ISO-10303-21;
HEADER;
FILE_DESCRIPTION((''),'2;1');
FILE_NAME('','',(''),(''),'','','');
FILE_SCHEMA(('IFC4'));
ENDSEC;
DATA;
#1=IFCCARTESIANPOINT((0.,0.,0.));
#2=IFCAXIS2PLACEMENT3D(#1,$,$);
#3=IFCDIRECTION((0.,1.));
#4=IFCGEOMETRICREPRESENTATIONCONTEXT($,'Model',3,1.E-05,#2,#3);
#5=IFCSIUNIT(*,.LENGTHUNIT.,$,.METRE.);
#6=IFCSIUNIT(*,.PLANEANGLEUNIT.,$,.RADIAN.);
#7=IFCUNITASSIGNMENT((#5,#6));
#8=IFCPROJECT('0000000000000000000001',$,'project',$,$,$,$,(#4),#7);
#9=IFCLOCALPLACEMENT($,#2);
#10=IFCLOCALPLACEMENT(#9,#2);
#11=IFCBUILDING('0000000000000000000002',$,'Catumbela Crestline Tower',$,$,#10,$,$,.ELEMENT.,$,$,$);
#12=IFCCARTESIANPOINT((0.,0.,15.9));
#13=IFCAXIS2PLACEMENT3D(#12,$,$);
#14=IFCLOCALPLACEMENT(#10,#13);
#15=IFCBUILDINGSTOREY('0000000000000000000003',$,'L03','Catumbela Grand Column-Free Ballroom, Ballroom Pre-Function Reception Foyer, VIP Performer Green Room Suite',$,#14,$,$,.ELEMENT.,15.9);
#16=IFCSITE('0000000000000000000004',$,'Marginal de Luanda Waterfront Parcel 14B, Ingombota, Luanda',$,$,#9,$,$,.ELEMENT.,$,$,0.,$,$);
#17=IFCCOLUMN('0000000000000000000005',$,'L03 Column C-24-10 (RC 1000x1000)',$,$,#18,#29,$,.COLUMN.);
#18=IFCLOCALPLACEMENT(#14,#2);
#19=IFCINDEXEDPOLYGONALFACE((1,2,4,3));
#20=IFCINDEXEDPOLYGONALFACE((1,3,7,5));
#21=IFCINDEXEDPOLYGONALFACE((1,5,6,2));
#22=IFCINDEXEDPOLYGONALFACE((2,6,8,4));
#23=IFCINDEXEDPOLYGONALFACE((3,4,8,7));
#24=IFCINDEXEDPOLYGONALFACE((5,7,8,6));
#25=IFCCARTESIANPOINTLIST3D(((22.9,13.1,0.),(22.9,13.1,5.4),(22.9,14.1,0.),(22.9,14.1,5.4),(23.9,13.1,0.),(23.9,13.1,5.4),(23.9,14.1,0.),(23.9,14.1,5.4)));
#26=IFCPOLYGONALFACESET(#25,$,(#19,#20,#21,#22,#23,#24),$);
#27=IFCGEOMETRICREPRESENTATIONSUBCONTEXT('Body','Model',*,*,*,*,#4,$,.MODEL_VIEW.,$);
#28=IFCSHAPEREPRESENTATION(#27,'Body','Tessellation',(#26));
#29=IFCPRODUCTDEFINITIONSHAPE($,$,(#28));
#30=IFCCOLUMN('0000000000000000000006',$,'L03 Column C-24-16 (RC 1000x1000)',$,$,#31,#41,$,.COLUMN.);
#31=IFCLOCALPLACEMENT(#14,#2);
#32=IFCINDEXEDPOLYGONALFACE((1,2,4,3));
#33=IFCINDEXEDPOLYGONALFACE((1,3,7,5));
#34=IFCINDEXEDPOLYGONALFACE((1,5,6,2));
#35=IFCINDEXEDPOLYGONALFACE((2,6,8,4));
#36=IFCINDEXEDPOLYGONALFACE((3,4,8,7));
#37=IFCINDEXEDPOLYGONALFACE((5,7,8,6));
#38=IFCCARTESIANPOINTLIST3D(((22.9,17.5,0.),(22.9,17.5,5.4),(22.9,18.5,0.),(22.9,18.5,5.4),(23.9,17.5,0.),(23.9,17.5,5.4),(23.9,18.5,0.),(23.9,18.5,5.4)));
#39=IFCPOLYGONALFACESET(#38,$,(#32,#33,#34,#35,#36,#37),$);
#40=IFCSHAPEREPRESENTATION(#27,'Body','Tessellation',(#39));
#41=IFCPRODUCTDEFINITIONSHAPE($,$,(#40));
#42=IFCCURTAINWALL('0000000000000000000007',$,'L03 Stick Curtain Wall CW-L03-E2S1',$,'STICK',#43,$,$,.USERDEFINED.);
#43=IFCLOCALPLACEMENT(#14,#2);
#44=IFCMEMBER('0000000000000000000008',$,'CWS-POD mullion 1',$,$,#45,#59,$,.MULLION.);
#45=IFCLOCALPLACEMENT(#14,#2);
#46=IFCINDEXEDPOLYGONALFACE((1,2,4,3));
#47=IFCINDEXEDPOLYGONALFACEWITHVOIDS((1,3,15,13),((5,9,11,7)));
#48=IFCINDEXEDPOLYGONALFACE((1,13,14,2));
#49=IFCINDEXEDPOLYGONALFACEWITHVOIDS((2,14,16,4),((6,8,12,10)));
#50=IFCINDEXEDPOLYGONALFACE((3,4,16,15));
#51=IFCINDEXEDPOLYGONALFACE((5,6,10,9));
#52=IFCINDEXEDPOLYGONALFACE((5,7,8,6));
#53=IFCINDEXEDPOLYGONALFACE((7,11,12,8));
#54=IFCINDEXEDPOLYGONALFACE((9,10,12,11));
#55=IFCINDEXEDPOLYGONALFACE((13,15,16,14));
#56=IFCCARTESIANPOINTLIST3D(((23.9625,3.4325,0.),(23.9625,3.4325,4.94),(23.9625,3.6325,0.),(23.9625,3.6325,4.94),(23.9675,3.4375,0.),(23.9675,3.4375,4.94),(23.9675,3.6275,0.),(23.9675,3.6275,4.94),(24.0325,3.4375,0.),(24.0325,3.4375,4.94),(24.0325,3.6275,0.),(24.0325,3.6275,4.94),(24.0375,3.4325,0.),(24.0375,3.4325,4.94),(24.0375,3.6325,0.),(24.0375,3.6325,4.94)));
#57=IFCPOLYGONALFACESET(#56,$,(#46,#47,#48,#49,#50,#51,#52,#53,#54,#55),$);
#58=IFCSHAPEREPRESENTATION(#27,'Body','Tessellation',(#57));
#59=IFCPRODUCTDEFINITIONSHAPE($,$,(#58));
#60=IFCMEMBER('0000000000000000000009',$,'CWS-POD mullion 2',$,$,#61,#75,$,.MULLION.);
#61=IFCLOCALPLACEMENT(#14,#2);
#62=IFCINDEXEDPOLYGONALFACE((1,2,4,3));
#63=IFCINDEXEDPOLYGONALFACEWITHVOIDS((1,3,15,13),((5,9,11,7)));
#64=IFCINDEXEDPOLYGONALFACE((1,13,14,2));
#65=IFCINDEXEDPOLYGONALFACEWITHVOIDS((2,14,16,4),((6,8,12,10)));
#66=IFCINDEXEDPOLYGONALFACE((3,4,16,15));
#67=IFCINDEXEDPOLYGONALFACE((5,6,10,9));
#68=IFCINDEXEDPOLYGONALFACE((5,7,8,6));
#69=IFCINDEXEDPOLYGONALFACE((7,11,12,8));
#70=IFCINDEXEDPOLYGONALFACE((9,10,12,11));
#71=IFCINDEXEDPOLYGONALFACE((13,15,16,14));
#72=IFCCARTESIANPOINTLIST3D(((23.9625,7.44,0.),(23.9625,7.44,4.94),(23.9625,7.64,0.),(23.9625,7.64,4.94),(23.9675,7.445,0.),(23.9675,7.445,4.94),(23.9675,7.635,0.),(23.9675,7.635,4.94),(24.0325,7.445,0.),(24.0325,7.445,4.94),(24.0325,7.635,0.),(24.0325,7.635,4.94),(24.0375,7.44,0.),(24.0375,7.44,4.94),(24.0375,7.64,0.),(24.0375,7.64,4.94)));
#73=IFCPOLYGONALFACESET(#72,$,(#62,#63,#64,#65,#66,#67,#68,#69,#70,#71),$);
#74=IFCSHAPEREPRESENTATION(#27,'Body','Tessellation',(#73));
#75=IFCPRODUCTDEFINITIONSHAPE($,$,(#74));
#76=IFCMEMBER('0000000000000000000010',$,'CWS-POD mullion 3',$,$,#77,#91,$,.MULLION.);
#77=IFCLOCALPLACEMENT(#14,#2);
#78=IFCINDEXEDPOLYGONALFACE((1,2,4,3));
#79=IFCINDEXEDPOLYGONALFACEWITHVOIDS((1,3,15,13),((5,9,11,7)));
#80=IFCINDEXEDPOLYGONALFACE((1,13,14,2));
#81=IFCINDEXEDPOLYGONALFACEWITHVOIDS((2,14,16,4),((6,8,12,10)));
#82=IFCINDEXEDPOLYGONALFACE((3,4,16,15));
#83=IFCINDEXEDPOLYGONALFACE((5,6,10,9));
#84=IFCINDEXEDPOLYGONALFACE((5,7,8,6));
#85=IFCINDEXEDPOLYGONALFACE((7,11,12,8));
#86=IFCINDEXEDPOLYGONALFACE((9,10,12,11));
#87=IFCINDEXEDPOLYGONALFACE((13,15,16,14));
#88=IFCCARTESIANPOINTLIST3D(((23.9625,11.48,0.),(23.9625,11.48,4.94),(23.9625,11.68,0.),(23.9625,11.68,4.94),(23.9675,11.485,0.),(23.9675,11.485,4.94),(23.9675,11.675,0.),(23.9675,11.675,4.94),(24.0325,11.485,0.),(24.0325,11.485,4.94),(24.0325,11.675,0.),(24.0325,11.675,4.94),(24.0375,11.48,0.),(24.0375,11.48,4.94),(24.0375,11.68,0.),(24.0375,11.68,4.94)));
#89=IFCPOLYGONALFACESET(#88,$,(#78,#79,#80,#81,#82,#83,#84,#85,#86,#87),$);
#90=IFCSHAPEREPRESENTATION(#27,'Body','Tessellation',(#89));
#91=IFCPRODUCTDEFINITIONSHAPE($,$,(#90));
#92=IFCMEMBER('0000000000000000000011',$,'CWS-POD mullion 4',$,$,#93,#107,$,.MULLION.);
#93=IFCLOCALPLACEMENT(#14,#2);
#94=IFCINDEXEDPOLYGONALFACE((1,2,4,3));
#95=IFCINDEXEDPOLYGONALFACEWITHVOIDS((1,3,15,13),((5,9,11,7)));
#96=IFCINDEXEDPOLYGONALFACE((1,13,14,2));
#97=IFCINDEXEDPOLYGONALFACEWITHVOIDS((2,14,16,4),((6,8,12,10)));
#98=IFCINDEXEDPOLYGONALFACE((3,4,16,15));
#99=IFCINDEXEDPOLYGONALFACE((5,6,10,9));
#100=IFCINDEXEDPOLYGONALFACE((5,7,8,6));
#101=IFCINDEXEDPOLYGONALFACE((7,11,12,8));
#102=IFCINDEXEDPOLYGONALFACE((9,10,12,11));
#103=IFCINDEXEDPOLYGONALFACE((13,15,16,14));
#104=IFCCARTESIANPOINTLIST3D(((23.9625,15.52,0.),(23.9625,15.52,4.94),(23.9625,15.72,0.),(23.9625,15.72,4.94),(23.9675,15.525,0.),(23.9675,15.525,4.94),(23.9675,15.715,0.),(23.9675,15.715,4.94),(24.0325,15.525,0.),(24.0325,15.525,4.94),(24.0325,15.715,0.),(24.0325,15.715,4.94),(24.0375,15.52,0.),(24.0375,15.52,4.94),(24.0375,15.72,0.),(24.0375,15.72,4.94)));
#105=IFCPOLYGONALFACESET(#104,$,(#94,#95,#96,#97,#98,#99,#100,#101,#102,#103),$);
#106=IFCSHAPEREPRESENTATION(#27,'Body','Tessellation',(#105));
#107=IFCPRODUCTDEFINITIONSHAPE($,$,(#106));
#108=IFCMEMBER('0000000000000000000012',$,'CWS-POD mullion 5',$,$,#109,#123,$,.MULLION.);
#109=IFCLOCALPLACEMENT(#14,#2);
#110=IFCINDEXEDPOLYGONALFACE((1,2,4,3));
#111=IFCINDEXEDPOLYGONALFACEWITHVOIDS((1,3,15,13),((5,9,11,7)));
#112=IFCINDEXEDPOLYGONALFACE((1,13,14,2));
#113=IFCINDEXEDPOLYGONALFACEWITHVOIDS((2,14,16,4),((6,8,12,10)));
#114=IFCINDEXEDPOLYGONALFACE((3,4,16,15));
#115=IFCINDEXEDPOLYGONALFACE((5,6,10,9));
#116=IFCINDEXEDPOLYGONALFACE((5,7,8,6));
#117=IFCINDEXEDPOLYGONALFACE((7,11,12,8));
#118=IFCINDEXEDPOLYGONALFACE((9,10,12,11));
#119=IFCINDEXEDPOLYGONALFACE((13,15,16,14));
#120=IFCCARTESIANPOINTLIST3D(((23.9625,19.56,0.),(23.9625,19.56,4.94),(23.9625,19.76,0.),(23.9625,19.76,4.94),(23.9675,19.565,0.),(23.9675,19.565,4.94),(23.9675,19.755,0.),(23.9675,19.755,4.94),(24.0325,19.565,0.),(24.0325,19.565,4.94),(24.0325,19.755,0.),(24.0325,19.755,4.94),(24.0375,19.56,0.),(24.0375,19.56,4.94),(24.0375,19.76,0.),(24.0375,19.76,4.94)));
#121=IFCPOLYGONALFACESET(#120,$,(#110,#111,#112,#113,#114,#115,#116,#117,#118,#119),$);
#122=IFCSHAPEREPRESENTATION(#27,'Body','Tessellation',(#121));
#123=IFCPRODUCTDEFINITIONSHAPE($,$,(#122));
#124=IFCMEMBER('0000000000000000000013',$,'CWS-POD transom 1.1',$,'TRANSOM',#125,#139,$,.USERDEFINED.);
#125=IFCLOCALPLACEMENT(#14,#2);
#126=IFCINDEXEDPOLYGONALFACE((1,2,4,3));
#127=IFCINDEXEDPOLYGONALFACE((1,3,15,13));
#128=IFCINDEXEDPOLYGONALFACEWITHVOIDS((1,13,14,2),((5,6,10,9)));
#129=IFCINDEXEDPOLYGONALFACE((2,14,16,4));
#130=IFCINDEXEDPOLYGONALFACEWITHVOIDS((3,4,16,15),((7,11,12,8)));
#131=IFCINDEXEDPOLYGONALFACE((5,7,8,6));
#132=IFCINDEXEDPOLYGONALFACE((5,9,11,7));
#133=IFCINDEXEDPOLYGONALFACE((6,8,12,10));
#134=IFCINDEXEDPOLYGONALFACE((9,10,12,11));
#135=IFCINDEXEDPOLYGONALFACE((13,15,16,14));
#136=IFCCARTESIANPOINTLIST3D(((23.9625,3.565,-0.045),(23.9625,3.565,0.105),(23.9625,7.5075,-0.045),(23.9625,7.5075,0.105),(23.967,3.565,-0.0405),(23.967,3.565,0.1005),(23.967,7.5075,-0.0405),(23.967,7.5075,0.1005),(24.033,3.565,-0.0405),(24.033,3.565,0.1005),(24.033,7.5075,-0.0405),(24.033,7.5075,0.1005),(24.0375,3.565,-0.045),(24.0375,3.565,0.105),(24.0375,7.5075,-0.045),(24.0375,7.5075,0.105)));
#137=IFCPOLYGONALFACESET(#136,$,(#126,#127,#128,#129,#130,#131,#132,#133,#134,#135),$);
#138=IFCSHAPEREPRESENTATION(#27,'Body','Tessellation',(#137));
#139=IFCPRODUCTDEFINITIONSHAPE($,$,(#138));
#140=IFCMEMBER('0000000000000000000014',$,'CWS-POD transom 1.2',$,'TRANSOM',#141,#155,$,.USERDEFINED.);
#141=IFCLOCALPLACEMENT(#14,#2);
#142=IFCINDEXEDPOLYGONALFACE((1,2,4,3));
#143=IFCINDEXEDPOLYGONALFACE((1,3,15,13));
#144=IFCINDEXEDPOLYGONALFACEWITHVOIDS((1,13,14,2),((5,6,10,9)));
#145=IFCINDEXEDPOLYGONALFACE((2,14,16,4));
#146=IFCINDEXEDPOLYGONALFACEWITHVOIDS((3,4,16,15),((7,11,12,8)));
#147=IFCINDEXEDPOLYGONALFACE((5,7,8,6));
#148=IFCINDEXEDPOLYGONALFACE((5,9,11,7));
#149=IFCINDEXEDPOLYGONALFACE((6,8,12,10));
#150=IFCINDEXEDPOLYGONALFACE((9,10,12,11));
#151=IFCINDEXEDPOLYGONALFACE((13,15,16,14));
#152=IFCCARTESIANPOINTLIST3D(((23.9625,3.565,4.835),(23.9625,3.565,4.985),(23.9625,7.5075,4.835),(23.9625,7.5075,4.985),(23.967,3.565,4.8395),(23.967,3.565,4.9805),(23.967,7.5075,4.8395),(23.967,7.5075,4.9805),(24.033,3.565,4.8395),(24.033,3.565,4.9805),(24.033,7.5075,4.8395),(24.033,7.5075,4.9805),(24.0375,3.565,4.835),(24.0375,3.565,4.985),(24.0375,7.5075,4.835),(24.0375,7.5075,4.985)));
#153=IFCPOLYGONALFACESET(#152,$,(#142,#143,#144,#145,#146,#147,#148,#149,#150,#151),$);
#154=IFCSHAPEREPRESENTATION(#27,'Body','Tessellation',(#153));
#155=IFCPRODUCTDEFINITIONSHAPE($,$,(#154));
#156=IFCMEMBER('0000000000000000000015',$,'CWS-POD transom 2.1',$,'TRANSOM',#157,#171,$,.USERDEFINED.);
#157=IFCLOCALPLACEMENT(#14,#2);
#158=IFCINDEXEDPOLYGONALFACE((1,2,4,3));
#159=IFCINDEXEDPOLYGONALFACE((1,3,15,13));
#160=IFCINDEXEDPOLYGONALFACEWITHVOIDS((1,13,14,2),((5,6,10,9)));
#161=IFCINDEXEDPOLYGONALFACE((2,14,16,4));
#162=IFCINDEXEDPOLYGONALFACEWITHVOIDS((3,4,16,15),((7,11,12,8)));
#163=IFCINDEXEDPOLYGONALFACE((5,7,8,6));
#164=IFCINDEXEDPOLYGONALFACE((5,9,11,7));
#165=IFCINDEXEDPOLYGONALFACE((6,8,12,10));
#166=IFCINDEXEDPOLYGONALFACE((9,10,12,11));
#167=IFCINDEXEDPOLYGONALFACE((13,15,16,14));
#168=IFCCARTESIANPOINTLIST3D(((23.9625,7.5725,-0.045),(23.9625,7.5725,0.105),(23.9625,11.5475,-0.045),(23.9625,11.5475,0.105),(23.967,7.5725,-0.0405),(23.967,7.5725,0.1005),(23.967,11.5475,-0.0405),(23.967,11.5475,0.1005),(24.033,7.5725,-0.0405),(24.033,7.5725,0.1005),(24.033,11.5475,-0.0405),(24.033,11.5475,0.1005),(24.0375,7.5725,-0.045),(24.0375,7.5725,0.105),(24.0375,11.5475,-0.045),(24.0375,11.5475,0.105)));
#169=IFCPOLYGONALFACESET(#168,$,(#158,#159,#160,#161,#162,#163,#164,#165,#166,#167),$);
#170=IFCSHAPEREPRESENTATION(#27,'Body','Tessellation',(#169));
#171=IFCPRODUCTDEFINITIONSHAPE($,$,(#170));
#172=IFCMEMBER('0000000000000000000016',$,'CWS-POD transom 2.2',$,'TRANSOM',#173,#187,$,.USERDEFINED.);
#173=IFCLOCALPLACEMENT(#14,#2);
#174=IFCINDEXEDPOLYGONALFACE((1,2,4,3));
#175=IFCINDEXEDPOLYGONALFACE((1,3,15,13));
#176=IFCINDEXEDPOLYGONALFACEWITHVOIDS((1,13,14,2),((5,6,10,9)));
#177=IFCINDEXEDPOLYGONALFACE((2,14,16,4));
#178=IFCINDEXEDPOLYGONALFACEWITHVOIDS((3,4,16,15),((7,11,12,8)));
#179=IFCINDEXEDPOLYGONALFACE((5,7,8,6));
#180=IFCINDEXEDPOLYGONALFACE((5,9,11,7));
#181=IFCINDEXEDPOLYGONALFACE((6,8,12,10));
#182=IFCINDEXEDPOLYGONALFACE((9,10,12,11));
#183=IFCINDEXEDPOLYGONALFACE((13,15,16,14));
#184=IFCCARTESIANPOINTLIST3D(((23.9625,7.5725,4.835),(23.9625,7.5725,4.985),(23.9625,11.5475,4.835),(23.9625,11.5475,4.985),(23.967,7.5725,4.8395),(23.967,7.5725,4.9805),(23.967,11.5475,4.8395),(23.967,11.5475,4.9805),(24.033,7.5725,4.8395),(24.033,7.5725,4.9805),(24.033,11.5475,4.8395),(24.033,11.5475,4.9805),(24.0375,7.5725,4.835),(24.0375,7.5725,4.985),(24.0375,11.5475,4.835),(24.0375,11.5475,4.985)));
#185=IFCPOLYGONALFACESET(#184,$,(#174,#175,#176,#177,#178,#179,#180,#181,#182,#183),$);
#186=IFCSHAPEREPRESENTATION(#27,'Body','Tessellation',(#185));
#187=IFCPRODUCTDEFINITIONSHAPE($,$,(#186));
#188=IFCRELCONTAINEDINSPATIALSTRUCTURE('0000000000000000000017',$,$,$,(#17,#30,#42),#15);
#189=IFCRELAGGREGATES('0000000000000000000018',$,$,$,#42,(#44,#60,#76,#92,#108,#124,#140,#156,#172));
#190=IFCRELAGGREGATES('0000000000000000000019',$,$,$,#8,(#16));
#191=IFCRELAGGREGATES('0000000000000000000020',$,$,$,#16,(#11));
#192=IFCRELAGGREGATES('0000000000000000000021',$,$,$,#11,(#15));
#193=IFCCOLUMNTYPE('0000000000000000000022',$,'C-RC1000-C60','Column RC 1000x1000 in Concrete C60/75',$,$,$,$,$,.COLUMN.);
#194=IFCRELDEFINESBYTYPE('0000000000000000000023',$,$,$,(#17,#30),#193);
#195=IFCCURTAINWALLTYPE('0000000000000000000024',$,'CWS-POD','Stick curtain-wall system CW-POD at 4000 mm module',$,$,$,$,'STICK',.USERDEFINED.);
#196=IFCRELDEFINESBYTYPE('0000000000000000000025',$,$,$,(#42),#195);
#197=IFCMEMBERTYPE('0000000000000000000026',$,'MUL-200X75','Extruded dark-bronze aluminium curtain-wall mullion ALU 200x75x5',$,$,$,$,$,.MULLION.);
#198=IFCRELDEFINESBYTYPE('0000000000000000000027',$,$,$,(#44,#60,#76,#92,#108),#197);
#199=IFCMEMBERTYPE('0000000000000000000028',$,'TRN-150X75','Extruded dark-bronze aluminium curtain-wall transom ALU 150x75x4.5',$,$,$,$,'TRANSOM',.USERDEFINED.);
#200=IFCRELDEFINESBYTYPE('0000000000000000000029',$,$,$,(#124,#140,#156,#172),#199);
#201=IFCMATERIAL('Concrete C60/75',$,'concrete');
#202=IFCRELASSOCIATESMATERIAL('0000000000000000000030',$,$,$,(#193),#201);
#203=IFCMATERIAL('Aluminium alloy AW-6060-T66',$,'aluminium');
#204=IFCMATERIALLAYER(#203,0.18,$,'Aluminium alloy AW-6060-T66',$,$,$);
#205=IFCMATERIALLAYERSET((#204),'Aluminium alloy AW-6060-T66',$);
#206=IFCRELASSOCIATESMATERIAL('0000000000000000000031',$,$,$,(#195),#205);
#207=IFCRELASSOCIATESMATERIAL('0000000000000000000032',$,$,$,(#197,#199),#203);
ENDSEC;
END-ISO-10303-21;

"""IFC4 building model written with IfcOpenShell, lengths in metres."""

from ifc_helpers import new_model, si_unit, direction, frame, origin, origin_2d, place, context, subcontext, project, spatial, rectangle, hollow_rectangle, extrude, material, layer, layer_set, material_profile, profile_set, type_object, element, aggregate, save


model = new_model("IFC4")

# Units and contexts
model_context = context("Model", 3, precision=1e-05, world=origin(), true_north=direction((0.0, 1.0)))
body_context = subcontext(model_context, "Body", "Model", "MODEL_VIEW")
ifc_project = project(units=[si_unit("LENGTHUNIT", "METRE"), si_unit("PLANEANGLEUNIT", "RADIAN")], contexts=[model_context])

# Site, building, storey
site_placement = place(None, origin())
site = spatial("IfcSite", under=ifc_project, at=site_placement, Name="Marginal de Luanda Waterfront Parcel 14B, Ingombota, Luanda", CompositionType="ELEMENT", RefElevation=0.0)
building_placement = place(site_placement, origin())
building = spatial("IfcBuilding", under=site, at=building_placement, Name="Catumbela Crestline Tower", CompositionType="ELEMENT")
storey_placement = place(building_placement, frame((0.0, 0.0, 15.9)))
storey = spatial("IfcBuildingStorey", under=building, at=storey_placement, Name="L03", Description="Catumbela Grand Column-Free Ballroom, Ballroom Pre-Function Reception Foyer, VIP Performer Green Room Suite", CompositionType="ELEMENT", Elevation=15.9)

# Columns
ifc_material_1 = material(Name="Concrete C60/75", Category="concrete")
ifc_material_profile_1 = material_profile(ifc_material_1, rectangle(XDim=1.0, YDim=1.0, at=origin_2d()), Name="RC 1000x1000")
ifc_profile_set_1 = profile_set([ifc_material_profile_1], Name="Concrete C60/75")
column_type = type_object("IfcColumnType", Name="C-RC1000-C60", Description="Column RC 1000x1000 in Concrete C60/75", PredefinedType="COLUMN", material=ifc_profile_set_1)
for number, where, z_axis, x_axis, name in (
    (1, (23.4, 13.6, 0.0), (0.0, 0.0, 1.0), (1.0, 0.0, 0.0), "L03 Column C-24-10 (RC 1000x1000)"),
    (2, (23.4, 18.0, 0.0), (0.0, 0.0, 1.0), (1.0, 0.0, 0.0), "L03 Column C-24-16 (RC 1000x1000)"),
):
    element("IfcColumn", number, at=place(storey_placement, frame(where, z_axis=z_axis, x_axis=x_axis)), inside=storey, type_object=column_type, Name=name, PredefinedType="COLUMN", context=body_context, shape_type="SweptSolid", body=[
        extrude(rectangle(XDim=1.0, YDim=1.0, at=origin_2d()), origin(), (0.0, 0.0, 1.0), 5.4),
    ])

# Curtain wall, members
ifc_material_2 = material(Name="Aluminium alloy AW-6060-T66", Category="aluminium")
ifc_layer_1 = layer(ifc_material_2, 0.18, Name="Aluminium alloy AW-6060-T66")
ifc_layer_set_1 = layer_set([ifc_layer_1], Name="Aluminium alloy AW-6060-T66")
curtain_wall_type = type_object("IfcCurtainWallType", Name="CWS-POD", Description="Stick curtain-wall system CW-POD at 4000 mm module", ElementType="STICK", PredefinedType="USERDEFINED", material=ifc_layer_set_1)
curtain_wall_placement = place(storey_placement, origin())
curtain_wall = element("IfcCurtainWall", 3, at=curtain_wall_placement, inside=storey, type_object=curtain_wall_type, Name="L03 Stick Curtain Wall CW-L03-E2S1", ObjectType="STICK", PredefinedType="USERDEFINED")
ifc_material_profile_2 = material_profile(ifc_material_2, hollow_rectangle(XDim=0.075, YDim=0.2, WallThickness=0.005, at=origin_2d()), Name="ALU 200x75x5")
ifc_profile_set_2 = profile_set([ifc_material_profile_2], Name="Aluminium alloy AW-6060-T66")
member_type_1 = type_object("IfcMemberType", Name="MUL-200X75", Description="Extruded dark-bronze aluminium curtain-wall mullion ALU 200x75x5", PredefinedType="MULLION", material=ifc_profile_set_2)
member_1_placement = place(storey_placement, frame((24.0, 3.5325, 0.0), z_axis=(0.0, 0.0, 1.0), x_axis=(-1.0, 0.0, 0.0)))
member_1 = element("IfcMember", 4, at=member_1_placement, type_object=member_type_1, Name="CWS-POD mullion 1", PredefinedType="MULLION", context=body_context, shape_type="SweptSolid", body=[
    extrude(hollow_rectangle(XDim=0.075, YDim=0.2, WallThickness=0.005, at=origin_2d()), origin(), (0.0, 0.0, 1.0), 4.94),
])
member_2_placement = place(storey_placement, frame((24.0, 7.54, 0.0), z_axis=(0.0, 0.0, 1.0), x_axis=(-1.0, 0.0, 0.0)))
member_2 = element("IfcMember", 5, at=member_2_placement, type_object=member_type_1, Name="CWS-POD mullion 2", PredefinedType="MULLION", context=body_context, shape_type="SweptSolid", body=[
    extrude(hollow_rectangle(XDim=0.075, YDim=0.2, WallThickness=0.005, at=origin_2d()), origin(), (0.0, 0.0, 1.0), 4.94),
])
member_3_placement = place(storey_placement, frame((24.0, 11.58, 0.0), z_axis=(0.0, 0.0, 1.0), x_axis=(-1.0, 0.0, 0.0)))
member_3 = element("IfcMember", 6, at=member_3_placement, type_object=member_type_1, Name="CWS-POD mullion 3", PredefinedType="MULLION", context=body_context, shape_type="SweptSolid", body=[
    extrude(hollow_rectangle(XDim=0.075, YDim=0.2, WallThickness=0.005, at=origin_2d()), origin(), (0.0, 0.0, 1.0), 4.94),
])
member_4_placement = place(storey_placement, frame((24.0, 15.62, 0.0), z_axis=(0.0, 0.0, 1.0), x_axis=(-1.0, 0.0, 0.0)))
member_4 = element("IfcMember", 7, at=member_4_placement, type_object=member_type_1, Name="CWS-POD mullion 4", PredefinedType="MULLION", context=body_context, shape_type="SweptSolid", body=[
    extrude(hollow_rectangle(XDim=0.075, YDim=0.2, WallThickness=0.005, at=origin_2d()), origin(), (0.0, 0.0, 1.0), 4.94),
])
member_5_placement = place(storey_placement, frame((24.0, 19.66, 0.0), z_axis=(0.0, 0.0, 1.0), x_axis=(-1.0, 0.0, 0.0)))
member_5 = element("IfcMember", 8, at=member_5_placement, type_object=member_type_1, Name="CWS-POD mullion 5", PredefinedType="MULLION", context=body_context, shape_type="SweptSolid", body=[
    extrude(hollow_rectangle(XDim=0.075, YDim=0.2, WallThickness=0.005, at=origin_2d()), origin(), (0.0, 0.0, 1.0), 4.94),
])
ifc_material_profile_3 = material_profile(ifc_material_2, hollow_rectangle(XDim=0.075, YDim=0.15, WallThickness=0.0045, at=origin_2d()), Name="ALU 150x75x4.5")
ifc_profile_set_3 = profile_set([ifc_material_profile_3], Name="Aluminium alloy AW-6060-T66")
member_type_2 = type_object("IfcMemberType", Name="TRN-150X75", Description="Extruded dark-bronze aluminium curtain-wall transom ALU 150x75x4.5", ElementType="TRANSOM", PredefinedType="USERDEFINED", material=ifc_profile_set_3)
member_6_placement = place(storey_placement, frame((24.0, 3.565, 0.03), z_axis=(0.0, 1.0, 0.0), x_axis=(-1.0, 0.0, 0.0)))
member_6 = element("IfcMember", 9, at=member_6_placement, type_object=member_type_2, Name="CWS-POD transom 1.1", ObjectType="TRANSOM", PredefinedType="USERDEFINED", context=body_context, shape_type="SweptSolid", body=[
    extrude(hollow_rectangle(XDim=0.075, YDim=0.15, WallThickness=0.0045, at=origin_2d()), origin(), (0.0, 0.0, 1.0), 3.9425),
])
member_7_placement = place(storey_placement, frame((24.0, 3.565, 4.91), z_axis=(0.0, 1.0, 0.0), x_axis=(-1.0, 0.0, 0.0)))
member_7 = element("IfcMember", 10, at=member_7_placement, type_object=member_type_2, Name="CWS-POD transom 1.2", ObjectType="TRANSOM", PredefinedType="USERDEFINED", context=body_context, shape_type="SweptSolid", body=[
    extrude(hollow_rectangle(XDim=0.075, YDim=0.15, WallThickness=0.0045, at=origin_2d()), origin(), (0.0, 0.0, 1.0), 3.9425),
])
member_8_placement = place(storey_placement, frame((24.0, 7.5725, 0.03), z_axis=(0.0, 1.0, 0.0), x_axis=(-1.0, 0.0, 0.0)))
member_8 = element("IfcMember", 11, at=member_8_placement, type_object=member_type_2, Name="CWS-POD transom 2.1", ObjectType="TRANSOM", PredefinedType="USERDEFINED", context=body_context, shape_type="SweptSolid", body=[
    extrude(hollow_rectangle(XDim=0.075, YDim=0.15, WallThickness=0.0045, at=origin_2d()), origin(), (0.0, 0.0, 1.0), 3.975),
])
member_9_placement = place(storey_placement, frame((24.0, 7.5725, 4.91), z_axis=(0.0, 1.0, 0.0), x_axis=(-1.0, 0.0, 0.0)))
member_9 = element("IfcMember", 12, at=member_9_placement, type_object=member_type_2, Name="CWS-POD transom 2.2", ObjectType="TRANSOM", PredefinedType="USERDEFINED", context=body_context, shape_type="SweptSolid", body=[
    extrude(hollow_rectangle(XDim=0.075, YDim=0.15, WallThickness=0.0045, at=origin_2d()), origin(), (0.0, 0.0, 1.0), 3.975),
])
aggregate(curtain_wall, [member_1, member_2, member_3, member_4, member_5, member_6, member_7, member_8, member_9])

save(model, "model.ifc")
